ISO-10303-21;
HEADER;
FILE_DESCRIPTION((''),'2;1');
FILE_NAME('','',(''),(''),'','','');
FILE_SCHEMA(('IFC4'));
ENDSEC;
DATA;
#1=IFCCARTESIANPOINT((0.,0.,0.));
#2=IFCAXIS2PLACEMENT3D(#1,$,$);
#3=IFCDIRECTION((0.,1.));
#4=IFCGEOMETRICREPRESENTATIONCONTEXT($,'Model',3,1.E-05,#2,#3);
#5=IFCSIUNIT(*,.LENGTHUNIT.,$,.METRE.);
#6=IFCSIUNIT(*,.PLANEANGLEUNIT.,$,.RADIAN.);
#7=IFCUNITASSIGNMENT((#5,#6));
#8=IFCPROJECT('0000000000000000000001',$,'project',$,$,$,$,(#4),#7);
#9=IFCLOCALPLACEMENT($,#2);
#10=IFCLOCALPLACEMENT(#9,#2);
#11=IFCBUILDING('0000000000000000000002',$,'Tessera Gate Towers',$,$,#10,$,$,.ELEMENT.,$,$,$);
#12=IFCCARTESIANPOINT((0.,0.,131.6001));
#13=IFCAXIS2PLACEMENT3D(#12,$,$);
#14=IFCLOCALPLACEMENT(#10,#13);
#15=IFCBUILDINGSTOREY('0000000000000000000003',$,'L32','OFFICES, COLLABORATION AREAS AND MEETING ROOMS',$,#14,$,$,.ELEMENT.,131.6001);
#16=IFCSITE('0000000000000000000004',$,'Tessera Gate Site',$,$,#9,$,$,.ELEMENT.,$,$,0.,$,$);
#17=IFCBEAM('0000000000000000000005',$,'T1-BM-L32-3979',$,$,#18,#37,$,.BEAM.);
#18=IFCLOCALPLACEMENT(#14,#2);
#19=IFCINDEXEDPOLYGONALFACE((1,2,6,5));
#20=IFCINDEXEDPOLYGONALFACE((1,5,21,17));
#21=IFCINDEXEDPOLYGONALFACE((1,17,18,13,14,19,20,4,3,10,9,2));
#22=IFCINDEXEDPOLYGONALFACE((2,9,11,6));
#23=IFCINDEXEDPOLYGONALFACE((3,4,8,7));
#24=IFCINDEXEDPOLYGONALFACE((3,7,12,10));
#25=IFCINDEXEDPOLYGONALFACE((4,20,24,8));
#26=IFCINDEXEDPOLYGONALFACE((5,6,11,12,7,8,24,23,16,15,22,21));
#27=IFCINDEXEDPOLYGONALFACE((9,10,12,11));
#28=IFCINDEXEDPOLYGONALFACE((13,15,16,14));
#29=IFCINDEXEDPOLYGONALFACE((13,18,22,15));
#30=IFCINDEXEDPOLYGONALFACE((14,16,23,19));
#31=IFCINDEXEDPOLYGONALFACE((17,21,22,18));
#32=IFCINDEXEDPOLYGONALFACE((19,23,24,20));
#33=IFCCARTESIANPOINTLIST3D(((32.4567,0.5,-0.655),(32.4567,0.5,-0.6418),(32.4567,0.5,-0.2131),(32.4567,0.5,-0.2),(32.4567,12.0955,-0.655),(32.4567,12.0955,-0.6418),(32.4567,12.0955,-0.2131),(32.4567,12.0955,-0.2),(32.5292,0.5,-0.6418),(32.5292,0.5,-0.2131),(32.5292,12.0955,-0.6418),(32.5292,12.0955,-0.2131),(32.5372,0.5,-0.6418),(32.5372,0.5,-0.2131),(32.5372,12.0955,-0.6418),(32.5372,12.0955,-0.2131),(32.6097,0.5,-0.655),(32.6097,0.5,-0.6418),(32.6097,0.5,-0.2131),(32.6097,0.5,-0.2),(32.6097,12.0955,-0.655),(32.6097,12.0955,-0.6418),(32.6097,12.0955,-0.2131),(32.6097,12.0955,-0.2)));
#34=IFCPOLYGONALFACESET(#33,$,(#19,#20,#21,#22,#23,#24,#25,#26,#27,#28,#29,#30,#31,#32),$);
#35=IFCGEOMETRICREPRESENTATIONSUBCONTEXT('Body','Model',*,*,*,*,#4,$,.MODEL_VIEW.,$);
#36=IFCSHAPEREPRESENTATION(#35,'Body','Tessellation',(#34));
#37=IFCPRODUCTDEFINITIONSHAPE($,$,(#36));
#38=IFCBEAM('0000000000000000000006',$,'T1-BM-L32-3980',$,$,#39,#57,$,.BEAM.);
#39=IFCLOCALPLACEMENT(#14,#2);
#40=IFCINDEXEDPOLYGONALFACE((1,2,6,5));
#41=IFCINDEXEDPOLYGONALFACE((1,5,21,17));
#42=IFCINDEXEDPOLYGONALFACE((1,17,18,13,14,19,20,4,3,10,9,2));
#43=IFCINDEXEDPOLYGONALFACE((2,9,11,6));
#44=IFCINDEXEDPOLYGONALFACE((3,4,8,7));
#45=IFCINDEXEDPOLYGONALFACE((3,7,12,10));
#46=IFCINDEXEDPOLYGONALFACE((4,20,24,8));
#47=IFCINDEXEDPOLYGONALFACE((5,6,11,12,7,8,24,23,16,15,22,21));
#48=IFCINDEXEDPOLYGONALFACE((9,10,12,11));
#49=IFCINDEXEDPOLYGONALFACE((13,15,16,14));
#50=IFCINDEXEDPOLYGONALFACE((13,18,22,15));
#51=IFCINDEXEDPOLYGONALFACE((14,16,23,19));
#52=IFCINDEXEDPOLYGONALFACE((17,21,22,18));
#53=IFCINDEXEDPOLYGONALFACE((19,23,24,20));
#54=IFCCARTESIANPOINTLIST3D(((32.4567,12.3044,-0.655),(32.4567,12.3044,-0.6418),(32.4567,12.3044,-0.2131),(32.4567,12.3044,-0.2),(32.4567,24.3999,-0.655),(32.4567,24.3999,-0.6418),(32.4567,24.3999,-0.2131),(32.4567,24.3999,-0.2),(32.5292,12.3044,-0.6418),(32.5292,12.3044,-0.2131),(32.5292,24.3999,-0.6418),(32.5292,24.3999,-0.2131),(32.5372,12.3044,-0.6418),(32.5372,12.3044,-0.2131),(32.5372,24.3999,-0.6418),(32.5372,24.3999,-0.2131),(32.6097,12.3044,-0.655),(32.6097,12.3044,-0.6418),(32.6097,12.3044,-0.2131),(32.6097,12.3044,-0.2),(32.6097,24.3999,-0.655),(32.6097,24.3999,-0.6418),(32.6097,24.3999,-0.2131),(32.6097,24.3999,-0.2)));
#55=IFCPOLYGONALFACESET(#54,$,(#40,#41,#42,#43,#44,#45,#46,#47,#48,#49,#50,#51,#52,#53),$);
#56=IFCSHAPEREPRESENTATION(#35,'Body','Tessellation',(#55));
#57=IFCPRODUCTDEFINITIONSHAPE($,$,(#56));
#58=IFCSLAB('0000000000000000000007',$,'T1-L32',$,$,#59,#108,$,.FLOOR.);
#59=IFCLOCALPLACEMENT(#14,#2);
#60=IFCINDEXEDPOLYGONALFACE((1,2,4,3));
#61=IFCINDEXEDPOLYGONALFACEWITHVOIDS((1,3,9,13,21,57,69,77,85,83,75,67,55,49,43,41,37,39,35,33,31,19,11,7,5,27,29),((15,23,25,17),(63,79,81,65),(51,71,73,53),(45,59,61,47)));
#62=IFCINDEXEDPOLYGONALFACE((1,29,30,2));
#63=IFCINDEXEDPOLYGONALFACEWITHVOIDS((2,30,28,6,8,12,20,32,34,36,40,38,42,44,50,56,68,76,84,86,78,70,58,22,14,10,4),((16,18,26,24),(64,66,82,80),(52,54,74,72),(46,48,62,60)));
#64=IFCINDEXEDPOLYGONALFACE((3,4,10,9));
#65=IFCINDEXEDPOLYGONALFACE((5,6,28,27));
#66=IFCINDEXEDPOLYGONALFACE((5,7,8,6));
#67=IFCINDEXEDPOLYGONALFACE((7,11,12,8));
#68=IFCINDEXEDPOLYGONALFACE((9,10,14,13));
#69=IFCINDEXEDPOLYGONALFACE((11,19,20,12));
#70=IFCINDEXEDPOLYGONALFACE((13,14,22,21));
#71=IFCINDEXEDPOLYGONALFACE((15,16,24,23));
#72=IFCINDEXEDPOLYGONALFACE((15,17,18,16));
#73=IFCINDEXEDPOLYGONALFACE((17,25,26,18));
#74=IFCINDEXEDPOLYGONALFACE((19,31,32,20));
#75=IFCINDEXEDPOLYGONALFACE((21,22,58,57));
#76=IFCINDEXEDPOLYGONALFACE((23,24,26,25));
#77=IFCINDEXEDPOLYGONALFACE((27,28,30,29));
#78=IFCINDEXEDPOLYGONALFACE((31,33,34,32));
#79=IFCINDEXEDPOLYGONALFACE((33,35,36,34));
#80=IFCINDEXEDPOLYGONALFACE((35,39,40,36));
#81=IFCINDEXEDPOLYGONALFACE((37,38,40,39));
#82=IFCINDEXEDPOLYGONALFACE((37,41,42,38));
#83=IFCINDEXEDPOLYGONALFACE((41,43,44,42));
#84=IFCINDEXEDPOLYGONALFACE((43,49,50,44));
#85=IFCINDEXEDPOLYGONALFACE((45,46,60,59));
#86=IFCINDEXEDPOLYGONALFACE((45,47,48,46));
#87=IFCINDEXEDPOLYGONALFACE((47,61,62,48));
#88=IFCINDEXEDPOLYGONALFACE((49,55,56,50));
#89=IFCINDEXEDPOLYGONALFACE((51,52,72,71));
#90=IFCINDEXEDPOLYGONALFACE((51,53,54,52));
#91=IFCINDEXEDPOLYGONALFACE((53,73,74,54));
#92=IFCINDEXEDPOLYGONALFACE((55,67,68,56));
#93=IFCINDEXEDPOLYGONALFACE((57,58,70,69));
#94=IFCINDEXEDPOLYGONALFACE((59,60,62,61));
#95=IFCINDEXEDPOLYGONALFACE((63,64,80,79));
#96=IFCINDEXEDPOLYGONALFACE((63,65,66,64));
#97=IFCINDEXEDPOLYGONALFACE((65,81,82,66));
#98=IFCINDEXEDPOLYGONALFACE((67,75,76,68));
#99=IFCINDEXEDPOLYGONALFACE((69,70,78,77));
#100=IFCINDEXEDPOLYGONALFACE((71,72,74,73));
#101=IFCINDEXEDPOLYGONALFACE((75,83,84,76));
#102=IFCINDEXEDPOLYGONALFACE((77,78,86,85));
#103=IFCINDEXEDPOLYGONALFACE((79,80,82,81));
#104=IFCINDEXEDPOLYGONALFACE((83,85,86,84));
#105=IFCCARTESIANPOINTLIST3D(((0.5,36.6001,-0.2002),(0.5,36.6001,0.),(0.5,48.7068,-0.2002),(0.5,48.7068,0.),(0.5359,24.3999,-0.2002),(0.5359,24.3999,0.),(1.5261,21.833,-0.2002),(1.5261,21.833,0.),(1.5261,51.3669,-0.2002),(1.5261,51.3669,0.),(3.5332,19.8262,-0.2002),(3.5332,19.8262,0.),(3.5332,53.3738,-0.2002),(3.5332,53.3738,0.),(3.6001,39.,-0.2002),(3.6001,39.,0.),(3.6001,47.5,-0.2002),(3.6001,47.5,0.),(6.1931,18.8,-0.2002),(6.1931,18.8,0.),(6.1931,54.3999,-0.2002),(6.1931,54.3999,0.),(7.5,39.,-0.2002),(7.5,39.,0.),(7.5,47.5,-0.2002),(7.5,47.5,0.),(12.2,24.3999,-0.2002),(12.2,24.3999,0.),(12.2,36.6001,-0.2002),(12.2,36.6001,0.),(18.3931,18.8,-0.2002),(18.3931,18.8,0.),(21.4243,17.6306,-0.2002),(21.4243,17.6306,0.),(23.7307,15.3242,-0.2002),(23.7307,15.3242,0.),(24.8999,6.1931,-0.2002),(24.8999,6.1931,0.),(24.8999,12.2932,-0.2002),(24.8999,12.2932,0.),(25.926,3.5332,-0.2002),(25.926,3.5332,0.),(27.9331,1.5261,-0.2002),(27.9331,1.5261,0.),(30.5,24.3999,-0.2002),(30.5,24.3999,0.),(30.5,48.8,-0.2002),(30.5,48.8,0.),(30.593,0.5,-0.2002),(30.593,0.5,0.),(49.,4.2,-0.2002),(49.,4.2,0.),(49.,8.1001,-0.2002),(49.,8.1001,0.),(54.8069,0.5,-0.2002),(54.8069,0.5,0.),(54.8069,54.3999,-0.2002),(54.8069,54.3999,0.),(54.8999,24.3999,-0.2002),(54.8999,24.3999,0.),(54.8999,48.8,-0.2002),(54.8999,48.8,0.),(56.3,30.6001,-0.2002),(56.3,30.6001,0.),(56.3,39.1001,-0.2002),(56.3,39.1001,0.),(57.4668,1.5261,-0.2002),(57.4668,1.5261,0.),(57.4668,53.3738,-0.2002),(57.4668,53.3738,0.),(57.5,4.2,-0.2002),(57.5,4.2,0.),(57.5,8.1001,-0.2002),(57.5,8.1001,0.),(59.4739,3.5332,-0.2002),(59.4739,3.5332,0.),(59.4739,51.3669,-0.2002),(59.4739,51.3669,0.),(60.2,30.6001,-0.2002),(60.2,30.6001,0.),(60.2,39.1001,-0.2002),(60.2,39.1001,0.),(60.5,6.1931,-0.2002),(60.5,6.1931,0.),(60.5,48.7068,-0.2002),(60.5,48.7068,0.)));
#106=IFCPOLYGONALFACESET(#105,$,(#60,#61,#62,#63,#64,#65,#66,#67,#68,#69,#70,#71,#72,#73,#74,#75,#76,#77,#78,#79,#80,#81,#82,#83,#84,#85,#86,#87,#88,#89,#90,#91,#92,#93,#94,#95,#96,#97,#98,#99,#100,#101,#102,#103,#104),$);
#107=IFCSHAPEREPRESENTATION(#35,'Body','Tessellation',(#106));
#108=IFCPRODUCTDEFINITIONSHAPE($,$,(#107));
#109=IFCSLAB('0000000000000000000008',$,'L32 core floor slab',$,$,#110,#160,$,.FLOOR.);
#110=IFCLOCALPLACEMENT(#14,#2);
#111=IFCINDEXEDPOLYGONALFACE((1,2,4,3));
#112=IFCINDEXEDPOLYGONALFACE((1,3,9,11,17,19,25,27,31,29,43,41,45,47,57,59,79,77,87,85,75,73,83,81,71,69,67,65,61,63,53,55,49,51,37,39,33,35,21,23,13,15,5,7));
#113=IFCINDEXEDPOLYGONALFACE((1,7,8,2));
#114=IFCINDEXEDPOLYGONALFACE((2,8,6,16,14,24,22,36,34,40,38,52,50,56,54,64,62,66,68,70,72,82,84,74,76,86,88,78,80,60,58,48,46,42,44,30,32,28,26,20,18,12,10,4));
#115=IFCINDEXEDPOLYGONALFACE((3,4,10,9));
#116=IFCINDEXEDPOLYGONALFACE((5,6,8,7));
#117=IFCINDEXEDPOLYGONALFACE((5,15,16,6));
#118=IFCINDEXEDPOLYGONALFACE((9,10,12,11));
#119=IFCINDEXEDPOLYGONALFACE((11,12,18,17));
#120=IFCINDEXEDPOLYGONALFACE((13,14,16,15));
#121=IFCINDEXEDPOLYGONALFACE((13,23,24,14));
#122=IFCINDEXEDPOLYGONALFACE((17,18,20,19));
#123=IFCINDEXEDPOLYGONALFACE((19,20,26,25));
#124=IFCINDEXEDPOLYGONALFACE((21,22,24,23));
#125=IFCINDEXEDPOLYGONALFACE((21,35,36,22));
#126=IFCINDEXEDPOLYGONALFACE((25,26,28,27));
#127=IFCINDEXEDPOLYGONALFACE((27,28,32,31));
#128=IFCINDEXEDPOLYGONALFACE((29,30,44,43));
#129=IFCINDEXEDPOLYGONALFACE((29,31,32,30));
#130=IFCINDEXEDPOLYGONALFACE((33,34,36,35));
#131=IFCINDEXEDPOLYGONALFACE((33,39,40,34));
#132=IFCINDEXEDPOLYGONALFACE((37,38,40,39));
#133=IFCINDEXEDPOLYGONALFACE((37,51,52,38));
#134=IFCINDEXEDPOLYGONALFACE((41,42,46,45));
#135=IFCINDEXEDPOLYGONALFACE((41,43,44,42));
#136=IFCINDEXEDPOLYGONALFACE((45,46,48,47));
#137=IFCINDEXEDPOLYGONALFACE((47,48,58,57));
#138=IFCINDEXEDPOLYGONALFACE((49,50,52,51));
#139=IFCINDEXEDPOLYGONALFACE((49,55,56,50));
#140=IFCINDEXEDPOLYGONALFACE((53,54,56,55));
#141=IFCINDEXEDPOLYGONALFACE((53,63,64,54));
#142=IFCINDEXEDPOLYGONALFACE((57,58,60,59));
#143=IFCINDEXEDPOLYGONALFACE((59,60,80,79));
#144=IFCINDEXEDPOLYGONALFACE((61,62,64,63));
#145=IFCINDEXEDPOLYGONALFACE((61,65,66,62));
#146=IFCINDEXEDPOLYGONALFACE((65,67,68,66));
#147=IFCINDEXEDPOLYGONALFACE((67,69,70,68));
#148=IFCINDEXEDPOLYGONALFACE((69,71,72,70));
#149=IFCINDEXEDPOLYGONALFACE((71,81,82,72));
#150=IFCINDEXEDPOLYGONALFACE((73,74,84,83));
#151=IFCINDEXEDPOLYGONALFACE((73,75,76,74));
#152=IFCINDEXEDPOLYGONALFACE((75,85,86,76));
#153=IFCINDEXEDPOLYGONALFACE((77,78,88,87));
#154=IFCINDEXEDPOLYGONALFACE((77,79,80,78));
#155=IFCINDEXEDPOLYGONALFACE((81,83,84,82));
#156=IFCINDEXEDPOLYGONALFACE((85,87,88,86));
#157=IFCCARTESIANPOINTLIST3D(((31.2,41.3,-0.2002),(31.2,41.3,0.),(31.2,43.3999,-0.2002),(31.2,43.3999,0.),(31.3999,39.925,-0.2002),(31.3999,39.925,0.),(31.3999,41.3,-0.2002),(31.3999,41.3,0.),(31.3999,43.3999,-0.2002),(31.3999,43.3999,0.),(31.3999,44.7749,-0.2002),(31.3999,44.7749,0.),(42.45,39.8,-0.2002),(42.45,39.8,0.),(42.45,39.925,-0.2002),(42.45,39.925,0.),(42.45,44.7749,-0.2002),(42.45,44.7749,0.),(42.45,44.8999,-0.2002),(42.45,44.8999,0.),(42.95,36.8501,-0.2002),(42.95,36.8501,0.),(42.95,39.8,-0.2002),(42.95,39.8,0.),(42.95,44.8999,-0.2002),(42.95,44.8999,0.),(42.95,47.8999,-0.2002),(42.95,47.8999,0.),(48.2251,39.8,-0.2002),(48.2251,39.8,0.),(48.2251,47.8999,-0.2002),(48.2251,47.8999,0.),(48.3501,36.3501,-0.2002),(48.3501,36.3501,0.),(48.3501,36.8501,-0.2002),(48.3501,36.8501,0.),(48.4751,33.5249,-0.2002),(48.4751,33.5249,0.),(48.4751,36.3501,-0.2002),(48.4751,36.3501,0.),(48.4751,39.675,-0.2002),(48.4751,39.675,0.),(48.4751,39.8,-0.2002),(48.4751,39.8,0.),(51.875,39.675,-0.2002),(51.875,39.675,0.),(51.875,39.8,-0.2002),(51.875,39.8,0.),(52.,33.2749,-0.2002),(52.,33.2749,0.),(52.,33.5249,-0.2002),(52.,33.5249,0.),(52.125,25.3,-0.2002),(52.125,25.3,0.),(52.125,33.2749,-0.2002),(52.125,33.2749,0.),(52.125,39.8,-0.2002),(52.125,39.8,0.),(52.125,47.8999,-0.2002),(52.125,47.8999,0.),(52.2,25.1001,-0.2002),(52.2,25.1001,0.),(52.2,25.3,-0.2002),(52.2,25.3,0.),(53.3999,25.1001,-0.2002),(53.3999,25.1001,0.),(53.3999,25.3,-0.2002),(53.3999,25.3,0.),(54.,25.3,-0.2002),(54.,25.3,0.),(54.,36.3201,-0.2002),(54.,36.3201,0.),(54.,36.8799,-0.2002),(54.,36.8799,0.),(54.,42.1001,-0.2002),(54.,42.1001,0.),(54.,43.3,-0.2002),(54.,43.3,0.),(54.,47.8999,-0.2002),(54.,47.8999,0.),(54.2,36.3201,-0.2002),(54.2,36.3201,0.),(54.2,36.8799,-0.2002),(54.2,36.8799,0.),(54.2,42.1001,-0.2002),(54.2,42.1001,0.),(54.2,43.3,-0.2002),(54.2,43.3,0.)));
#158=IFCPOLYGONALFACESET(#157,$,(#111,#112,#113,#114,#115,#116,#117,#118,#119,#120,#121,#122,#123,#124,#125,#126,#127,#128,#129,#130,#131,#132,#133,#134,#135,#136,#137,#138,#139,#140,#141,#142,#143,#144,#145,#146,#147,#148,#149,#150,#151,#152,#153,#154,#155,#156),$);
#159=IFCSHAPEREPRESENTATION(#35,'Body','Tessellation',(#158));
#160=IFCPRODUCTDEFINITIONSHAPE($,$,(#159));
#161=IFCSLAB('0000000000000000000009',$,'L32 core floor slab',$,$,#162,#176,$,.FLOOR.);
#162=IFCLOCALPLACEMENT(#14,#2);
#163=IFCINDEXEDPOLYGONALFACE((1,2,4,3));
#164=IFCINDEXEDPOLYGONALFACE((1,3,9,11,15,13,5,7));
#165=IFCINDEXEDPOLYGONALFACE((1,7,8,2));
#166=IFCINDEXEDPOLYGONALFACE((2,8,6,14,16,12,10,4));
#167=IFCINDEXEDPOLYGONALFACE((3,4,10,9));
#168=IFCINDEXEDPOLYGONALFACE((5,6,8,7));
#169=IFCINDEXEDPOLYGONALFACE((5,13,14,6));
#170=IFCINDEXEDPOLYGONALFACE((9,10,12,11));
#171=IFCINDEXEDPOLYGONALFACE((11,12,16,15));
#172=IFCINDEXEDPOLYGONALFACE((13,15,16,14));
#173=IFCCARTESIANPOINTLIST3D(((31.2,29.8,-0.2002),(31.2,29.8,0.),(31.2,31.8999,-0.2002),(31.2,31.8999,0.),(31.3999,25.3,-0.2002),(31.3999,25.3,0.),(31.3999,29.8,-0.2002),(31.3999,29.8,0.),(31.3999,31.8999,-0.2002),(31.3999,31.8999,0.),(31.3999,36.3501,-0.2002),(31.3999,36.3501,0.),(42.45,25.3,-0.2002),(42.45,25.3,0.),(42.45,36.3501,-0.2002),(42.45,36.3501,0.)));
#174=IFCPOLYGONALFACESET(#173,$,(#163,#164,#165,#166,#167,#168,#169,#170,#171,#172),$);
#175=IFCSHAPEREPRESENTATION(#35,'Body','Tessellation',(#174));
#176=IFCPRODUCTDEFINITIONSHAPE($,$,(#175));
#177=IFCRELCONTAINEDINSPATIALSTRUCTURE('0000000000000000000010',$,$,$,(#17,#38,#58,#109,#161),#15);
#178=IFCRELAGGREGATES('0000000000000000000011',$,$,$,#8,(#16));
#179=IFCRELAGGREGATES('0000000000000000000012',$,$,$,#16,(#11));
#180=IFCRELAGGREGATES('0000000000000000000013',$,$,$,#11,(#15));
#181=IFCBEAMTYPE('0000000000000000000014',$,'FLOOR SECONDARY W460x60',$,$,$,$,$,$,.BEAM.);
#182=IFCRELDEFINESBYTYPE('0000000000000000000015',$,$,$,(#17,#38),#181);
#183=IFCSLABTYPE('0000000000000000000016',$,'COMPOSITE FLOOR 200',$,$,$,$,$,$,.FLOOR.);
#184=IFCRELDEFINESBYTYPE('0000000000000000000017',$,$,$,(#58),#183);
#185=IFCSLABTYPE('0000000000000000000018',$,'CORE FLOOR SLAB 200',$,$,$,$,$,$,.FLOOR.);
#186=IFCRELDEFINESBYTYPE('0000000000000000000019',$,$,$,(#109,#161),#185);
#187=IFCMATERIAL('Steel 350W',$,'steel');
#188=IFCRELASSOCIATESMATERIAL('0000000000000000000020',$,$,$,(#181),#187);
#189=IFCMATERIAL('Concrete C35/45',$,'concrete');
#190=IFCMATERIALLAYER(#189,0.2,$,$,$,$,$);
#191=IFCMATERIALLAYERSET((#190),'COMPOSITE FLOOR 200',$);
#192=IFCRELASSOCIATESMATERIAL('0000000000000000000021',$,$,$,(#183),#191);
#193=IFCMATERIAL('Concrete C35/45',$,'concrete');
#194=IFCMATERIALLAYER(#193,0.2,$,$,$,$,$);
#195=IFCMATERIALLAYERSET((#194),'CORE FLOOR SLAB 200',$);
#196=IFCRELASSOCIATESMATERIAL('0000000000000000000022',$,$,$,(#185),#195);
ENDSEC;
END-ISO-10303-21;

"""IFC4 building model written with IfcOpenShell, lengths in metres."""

from ifc_helpers import new_model, si_unit, direction, frame, origin, origin_2d, place, context, subcontext, project, spatial, polyline, i_section, outline, extrude, material, layer, layer_set, material_profile, profile_set, type_object, element, save


model = new_model("IFC4")

# Units and contexts
model_context = context("Model", 3, precision=1e-05, world=origin(), true_north=direction((0.0, 1.0)))
body_context = subcontext(model_context, "Body", "Model", "MODEL_VIEW")
ifc_project = project(units=[si_unit("LENGTHUNIT", "METRE"), si_unit("PLANEANGLEUNIT", "RADIAN")], contexts=[model_context])

# Site, building, storey
site_placement = place(None, origin())
site = spatial("IfcSite", under=ifc_project, at=site_placement, Name="Tessera Gate Site", CompositionType="ELEMENT", RefElevation=0.0)
building_placement = place(site_placement, origin())
building = spatial("IfcBuilding", under=site, at=building_placement, Name="Tessera Gate Towers", CompositionType="ELEMENT")
storey_placement = place(building_placement, frame((0.0, 0.0, 131.6001)))
storey = spatial("IfcBuildingStorey", under=building, at=storey_placement, Name="L32", Description="OFFICES, COLLABORATION AREAS AND MEETING ROOMS", CompositionType="ELEMENT", Elevation=131.6001)

# Beams
ifc_material_1 = material(Name="Steel 350W", Category="steel")
ifc_material_profile_1 = material_profile(ifc_material_1, i_section(OverallWidth=0.1531, OverallDepth=0.4551, WebThickness=0.0081, FlangeThickness=0.0132, at=origin_2d()), Name="W460x60")
ifc_profile_set_1 = profile_set([ifc_material_profile_1], Name="Steel 350W")
beam_type_1 = type_object("IfcBeamType", Name="FLOOR SECONDARY W460x60", PredefinedType="BEAM", material=ifc_profile_set_1)
beam_1_placement = place(storey_placement, frame((32.5332, 0.5, -0.4275), z_axis=(0.0, 1.0, 0.0), x_axis=(-1.0, 0.0, 0.0)))
element("IfcBeam", 1, at=beam_1_placement, inside=storey, type_object=beam_type_1, Name="T1-BM-L32-3979", PredefinedType="BEAM", context=body_context, shape_type="SweptSolid", body=[
    extrude(i_section(OverallWidth=0.1531, OverallDepth=0.4551, WebThickness=0.0081, FlangeThickness=0.0132, at=origin_2d()), origin(), (0.0, 0.0, 1.0), 11.5955),
])
beam_2_placement = place(storey_placement, frame((32.5332, 12.3044, -0.4275), z_axis=(0.0, 1.0, 0.0), x_axis=(-1.0, 0.0, 0.0)))
element("IfcBeam", 2, at=beam_2_placement, inside=storey, type_object=beam_type_1, Name="T1-BM-L32-3980", PredefinedType="BEAM", context=body_context, shape_type="SweptSolid", body=[
    extrude(i_section(OverallWidth=0.1531, OverallDepth=0.4551, WebThickness=0.0081, FlangeThickness=0.0132, at=origin_2d()), origin(), (0.0, 0.0, 1.0), 12.0955),
])

# Slabs
ifc_material_2 = material(Name="Concrete C35/45", Category="concrete")
ifc_layer_1 = layer(ifc_material_2, 0.2)
ifc_layer_set_1 = layer_set([ifc_layer_1], Name="COMPOSITE FLOOR 200")
slab_type_1 = type_object("IfcSlabType", Name="COMPOSITE FLOOR 200", PredefinedType="FLOOR", material=ifc_layer_set_1)
slab_1_placement = place(storey_placement, frame((0.0, 0.0, -0.2002)))
element("IfcSlab", 3, at=slab_1_placement, inside=storey, type_object=slab_type_1, Name="T1-L32", PredefinedType="FLOOR", context=body_context, shape_type="SweptSolid", body=[
    extrude(outline(polyline([(0.5, 36.6001), (12.2, 36.6001), (12.2, 24.3999), (0.5359, 24.3999), (1.5261, 21.833), (3.5332, 19.8262), (6.1931, 18.8), (18.3931, 18.8), (21.4243, 17.6306), (23.7307, 15.3242), (24.8999, 12.2932), (24.8999, 6.1931), (25.926, 3.5332), (27.9331, 1.5261), (30.593, 0.5), (54.8069, 0.5), (57.4668, 1.5261), (59.4739, 3.5332), (60.5, 6.1931), (60.5, 48.7068), (59.4739, 51.3669), (57.4668, 53.3738), (54.8069, 54.3999), (6.1931, 54.3999), (3.5332, 53.3738), (1.5261, 51.3669), (0.5, 48.7068), (0.5, 36.6001)]), holes=[polyline([(3.6001, 39.0), (3.6001, 47.5), (7.5, 47.5), (7.5, 39.0), (3.6001, 39.0)]), polyline([(30.5, 24.3999), (30.5, 48.8), (54.8999, 48.8), (54.8999, 24.3999), (30.5, 24.3999)]), polyline([(49.0, 4.2), (49.0, 8.1001), (57.5, 8.1001), (57.5, 4.2), (49.0, 4.2)]), polyline([(56.3, 30.6001), (56.3, 39.1001), (60.2, 39.1001), (60.2, 30.6001), (56.3, 30.6001)])]), origin(), (0.0, 0.0, 1.0), 0.2002),
])
ifc_material_3 = material(Name="Concrete C35/45", Category="concrete")
ifc_layer_2 = layer(ifc_material_3, 0.2)
ifc_layer_set_2 = layer_set([ifc_layer_2], Name="CORE FLOOR SLAB 200")
slab_type_2 = type_object("IfcSlabType", Name="CORE FLOOR SLAB 200", PredefinedType="FLOOR", material=ifc_layer_set_2)
slab_2_placement = place(storey_placement, frame((0.0, 0.0, -0.2002)))
element("IfcSlab", 4, at=slab_2_placement, inside=storey, type_object=slab_type_2, Name="L32 core floor slab", PredefinedType="FLOOR", context=body_context, shape_type="SweptSolid", body=[
    extrude(outline(polyline([(42.45, 44.8999), (42.45, 44.7749), (31.3999, 44.7749), (31.3999, 43.3999), (31.2, 43.3999), (31.2, 41.3), (31.3999, 41.3), (31.3999, 39.925), (42.45, 39.925), (42.45, 39.8), (42.95, 39.8), (42.95, 36.8501), (48.3501, 36.8501), (48.3501, 36.3501), (48.4751, 36.3501), (48.4751, 33.5249), (52.0, 33.5249), (52.0, 33.2749), (52.125, 33.2749), (52.125, 25.3), (52.2, 25.3), (52.2, 25.1001), (53.3999, 25.1001), (53.3999, 25.3), (54.0, 25.3), (54.0, 36.3201), (54.2, 36.3201), (54.2, 36.8799), (54.0, 36.8799), (54.0, 42.1001), (54.2, 42.1001), (54.2, 43.3), (54.0, 43.3), (54.0, 47.8999), (52.125, 47.8999), (52.125, 39.8), (51.875, 39.8), (51.875, 39.675), (48.4751, 39.675), (48.4751, 39.8), (48.2251, 39.8), (48.2251, 47.8999), (42.95, 47.8999), (42.95, 44.8999), (42.45, 44.8999)])), origin(), (0.0, 0.0, 1.0), 0.2002),
])
slab_3_placement = place(storey_placement, frame((0.0, 0.0, -0.2002)))
element("IfcSlab", 5, at=slab_3_placement, inside=storey, type_object=slab_type_2, Name="L32 core floor slab", PredefinedType="FLOOR", context=body_context, shape_type="SweptSolid", body=[
    extrude(outline(polyline([(31.3999, 36.3501), (31.3999, 31.8999), (31.2, 31.8999), (31.2, 29.8), (31.3999, 29.8), (31.3999, 25.3), (42.45, 25.3), (42.45, 36.3501), (31.3999, 36.3501)])), origin(), (0.0, 0.0, 1.0), 0.2002),
])

save(model, "model.ifc")
